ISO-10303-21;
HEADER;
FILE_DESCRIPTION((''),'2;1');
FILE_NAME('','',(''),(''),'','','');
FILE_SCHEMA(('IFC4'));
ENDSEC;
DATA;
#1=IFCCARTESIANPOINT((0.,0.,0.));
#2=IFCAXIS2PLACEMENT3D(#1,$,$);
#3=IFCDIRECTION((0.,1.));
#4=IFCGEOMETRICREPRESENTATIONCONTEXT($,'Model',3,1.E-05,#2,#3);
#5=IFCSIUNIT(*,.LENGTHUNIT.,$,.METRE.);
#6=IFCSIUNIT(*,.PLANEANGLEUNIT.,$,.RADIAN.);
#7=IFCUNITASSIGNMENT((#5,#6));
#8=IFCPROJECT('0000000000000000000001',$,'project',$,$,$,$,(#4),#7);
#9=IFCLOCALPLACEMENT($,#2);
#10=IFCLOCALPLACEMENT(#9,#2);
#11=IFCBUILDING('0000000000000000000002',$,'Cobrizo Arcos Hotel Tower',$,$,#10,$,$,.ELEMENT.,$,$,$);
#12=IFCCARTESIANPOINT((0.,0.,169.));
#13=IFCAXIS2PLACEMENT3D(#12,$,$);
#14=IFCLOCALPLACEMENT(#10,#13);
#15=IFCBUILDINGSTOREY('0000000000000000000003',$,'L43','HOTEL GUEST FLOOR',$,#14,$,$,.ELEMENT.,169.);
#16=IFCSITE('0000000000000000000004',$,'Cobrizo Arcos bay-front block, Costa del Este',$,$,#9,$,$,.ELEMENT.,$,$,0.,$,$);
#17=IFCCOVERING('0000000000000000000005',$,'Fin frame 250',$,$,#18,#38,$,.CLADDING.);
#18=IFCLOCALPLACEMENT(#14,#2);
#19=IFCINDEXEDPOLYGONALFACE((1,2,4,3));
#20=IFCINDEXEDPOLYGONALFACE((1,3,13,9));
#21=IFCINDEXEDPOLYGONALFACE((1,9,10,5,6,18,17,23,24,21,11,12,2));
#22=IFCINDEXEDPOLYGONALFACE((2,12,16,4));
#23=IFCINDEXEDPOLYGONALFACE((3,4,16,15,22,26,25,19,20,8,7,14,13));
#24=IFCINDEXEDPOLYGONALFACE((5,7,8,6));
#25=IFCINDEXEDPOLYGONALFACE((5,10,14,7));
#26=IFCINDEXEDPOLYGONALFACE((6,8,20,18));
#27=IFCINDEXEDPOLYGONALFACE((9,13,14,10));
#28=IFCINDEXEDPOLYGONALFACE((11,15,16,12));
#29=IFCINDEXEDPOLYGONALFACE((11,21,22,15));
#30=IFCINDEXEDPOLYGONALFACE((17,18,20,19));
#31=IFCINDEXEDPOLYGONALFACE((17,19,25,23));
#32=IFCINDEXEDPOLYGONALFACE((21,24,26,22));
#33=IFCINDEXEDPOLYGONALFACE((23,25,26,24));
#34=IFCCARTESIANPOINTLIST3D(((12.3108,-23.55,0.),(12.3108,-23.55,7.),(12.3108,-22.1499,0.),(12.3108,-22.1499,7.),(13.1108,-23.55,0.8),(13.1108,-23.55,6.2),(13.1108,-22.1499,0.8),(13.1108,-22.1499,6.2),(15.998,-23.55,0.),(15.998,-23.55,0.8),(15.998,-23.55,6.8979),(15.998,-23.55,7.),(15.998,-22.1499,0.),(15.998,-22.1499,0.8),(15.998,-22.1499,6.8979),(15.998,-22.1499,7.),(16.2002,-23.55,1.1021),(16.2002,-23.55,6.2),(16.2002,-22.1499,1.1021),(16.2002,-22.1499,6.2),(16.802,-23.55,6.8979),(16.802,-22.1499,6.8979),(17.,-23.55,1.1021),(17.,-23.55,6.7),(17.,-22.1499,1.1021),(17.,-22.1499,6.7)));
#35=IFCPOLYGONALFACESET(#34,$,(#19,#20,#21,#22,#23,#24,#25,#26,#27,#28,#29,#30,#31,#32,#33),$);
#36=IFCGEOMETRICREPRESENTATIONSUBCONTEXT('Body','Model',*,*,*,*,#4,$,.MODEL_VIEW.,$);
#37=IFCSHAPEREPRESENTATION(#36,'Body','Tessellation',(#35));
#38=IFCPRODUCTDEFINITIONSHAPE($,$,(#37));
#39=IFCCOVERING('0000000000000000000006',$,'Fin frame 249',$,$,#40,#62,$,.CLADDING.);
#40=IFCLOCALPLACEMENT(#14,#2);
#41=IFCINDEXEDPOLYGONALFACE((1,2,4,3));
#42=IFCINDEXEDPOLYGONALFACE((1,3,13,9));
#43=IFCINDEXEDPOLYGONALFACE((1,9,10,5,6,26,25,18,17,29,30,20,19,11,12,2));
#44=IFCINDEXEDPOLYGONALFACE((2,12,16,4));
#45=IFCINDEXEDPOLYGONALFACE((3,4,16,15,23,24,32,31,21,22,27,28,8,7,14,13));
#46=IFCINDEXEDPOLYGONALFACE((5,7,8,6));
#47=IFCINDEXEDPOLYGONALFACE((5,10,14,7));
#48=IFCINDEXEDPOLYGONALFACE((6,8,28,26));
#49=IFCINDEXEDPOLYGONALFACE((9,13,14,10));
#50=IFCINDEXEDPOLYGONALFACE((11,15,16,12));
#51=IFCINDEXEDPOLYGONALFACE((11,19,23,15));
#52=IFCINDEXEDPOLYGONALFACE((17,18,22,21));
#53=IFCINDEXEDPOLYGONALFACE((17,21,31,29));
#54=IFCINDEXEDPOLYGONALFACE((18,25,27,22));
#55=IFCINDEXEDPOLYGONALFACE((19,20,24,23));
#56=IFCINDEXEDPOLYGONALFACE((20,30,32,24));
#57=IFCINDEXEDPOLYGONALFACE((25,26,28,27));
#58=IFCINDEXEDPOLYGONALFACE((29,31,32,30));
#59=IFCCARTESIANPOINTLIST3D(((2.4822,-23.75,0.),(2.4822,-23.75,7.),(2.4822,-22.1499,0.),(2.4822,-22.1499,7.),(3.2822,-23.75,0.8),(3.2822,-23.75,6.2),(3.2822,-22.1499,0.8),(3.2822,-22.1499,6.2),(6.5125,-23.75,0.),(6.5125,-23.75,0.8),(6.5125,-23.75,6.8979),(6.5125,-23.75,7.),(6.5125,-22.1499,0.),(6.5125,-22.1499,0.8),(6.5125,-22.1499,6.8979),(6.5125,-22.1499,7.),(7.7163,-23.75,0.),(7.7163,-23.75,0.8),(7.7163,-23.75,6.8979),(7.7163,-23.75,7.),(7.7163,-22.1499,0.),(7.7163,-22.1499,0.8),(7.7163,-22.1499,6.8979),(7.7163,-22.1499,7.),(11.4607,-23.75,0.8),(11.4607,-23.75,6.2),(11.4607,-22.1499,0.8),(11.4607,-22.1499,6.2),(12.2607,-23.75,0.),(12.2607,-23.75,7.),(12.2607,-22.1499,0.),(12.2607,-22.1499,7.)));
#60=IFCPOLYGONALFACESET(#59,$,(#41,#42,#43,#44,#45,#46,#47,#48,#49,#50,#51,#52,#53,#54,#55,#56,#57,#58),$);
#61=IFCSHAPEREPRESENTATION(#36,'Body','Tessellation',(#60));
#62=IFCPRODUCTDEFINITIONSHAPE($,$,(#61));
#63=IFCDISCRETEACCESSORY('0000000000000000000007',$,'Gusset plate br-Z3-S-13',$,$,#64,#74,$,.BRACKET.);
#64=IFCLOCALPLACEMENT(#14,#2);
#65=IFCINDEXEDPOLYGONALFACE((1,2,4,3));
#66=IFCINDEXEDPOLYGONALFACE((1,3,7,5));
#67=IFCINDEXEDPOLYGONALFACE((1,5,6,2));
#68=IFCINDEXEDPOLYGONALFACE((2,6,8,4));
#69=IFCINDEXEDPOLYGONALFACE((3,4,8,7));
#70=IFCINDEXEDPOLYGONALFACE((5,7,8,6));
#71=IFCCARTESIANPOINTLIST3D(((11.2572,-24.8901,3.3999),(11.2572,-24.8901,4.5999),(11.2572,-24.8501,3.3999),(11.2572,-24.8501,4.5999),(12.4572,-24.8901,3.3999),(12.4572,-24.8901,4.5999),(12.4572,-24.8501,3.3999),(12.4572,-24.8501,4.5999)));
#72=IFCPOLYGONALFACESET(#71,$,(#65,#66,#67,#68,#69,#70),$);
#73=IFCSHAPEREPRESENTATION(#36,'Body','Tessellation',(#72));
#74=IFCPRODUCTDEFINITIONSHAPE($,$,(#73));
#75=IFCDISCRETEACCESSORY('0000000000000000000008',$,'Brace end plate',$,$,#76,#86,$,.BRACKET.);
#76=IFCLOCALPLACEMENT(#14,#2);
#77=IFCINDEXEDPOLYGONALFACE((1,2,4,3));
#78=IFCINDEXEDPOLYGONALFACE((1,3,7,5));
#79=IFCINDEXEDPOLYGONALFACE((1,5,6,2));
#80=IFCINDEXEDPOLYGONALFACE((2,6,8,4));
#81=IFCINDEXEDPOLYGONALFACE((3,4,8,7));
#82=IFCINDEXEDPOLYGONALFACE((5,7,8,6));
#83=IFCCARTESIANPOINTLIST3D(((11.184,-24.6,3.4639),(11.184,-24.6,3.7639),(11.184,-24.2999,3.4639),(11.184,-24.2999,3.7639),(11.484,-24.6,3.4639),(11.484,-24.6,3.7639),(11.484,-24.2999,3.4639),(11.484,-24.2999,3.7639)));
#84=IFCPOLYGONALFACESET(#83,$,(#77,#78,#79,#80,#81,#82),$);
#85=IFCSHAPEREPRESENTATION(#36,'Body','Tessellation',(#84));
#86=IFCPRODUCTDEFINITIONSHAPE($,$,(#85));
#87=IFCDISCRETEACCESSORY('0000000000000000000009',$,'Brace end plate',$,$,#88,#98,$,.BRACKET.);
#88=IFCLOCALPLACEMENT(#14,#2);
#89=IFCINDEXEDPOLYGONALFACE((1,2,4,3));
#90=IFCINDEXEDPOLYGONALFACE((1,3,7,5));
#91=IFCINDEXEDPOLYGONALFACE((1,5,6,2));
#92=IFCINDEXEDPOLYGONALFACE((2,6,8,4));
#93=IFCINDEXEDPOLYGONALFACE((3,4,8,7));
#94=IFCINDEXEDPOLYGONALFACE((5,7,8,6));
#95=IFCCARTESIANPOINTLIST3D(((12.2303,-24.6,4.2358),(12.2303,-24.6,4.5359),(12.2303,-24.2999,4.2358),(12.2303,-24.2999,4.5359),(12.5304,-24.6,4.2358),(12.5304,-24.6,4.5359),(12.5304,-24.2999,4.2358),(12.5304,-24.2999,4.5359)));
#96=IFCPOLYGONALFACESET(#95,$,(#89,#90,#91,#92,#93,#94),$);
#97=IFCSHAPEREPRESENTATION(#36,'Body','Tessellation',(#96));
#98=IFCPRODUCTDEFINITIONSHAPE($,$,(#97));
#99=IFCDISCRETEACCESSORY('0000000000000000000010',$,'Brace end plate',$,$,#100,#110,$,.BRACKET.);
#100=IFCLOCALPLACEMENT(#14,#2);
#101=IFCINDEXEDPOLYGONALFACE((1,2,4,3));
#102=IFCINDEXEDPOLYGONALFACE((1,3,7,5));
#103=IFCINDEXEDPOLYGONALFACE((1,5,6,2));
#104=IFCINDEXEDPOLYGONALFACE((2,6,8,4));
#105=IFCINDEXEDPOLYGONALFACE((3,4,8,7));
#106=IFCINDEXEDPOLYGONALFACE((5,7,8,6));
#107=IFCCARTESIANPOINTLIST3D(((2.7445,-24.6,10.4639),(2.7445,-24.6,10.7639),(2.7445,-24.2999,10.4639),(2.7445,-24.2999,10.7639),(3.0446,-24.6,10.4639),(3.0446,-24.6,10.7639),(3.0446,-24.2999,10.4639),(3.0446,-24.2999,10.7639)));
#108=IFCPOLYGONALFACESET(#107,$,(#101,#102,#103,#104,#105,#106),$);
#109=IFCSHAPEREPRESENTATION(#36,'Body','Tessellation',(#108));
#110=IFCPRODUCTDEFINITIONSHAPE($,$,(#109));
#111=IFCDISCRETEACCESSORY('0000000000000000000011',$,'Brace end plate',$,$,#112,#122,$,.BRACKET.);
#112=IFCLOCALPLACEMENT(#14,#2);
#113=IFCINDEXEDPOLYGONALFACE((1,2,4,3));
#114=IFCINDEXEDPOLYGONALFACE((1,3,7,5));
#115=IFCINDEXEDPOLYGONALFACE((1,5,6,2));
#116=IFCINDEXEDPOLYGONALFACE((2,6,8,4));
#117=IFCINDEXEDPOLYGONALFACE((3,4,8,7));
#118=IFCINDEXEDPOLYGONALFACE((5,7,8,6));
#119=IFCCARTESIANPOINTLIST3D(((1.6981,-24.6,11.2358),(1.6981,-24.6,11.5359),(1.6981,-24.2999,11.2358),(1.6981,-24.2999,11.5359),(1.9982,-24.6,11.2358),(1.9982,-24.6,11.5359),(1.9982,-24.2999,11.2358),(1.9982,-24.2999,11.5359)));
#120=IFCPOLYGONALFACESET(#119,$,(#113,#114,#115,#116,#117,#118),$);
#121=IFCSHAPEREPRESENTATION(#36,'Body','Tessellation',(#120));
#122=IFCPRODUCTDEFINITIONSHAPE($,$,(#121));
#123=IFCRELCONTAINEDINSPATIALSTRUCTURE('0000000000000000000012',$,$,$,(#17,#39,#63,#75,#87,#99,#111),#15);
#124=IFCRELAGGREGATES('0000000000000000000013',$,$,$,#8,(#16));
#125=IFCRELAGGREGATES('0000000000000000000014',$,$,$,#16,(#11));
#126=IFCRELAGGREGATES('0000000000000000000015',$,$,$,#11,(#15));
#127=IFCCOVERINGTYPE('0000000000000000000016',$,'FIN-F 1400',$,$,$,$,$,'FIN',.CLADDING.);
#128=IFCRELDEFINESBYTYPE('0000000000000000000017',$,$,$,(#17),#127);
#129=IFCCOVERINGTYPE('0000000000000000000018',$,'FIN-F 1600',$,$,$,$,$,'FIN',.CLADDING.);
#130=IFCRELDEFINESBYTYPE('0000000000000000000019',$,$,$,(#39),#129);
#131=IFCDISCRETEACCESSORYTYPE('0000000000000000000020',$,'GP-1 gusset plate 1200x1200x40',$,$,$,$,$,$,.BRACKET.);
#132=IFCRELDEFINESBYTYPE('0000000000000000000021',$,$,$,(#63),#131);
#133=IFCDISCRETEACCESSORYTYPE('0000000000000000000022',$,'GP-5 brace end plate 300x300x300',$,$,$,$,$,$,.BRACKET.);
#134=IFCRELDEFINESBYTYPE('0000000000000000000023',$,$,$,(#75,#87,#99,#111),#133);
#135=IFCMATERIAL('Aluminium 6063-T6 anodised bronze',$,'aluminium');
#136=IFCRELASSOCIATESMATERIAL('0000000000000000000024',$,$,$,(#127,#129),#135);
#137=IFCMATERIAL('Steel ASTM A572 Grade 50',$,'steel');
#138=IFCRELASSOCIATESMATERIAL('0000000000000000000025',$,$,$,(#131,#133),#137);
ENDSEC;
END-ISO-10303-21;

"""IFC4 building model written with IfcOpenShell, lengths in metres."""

from ifc_helpers import new_model, si_unit, direction, frame, origin, origin_2d, place, context, subcontext, project, spatial, polyline, rectangle, outline, extrude, material, type_object, element, save


model = new_model("IFC4")

# Units and contexts
model_context = context("Model", 3, precision=1e-05, world=origin(), true_north=direction((0.0, 1.0)))
body_context = subcontext(model_context, "Body", "Model", "MODEL_VIEW")
ifc_project = project(units=[si_unit("LENGTHUNIT", "METRE"), si_unit("PLANEANGLEUNIT", "RADIAN")], contexts=[model_context])

# Site, building, storey
site_placement = place(None, origin())
site = spatial("IfcSite", under=ifc_project, at=site_placement, Name="Cobrizo Arcos bay-front block, Costa del Este", CompositionType="ELEMENT", RefElevation=0.0)
building_placement = place(site_placement, origin())
building = spatial("IfcBuilding", under=site, at=building_placement, Name="Cobrizo Arcos Hotel Tower", CompositionType="ELEMENT")
storey_placement = place(building_placement, frame((0.0, 0.0, 169.0)))
storey = spatial("IfcBuildingStorey", under=building, at=storey_placement, Name="L43", Description="HOTEL GUEST FLOOR", CompositionType="ELEMENT", Elevation=169.0)

# Shared definitions
ifc_material_1 = material(Name="Steel ASTM A572 Grade 50", Category="steel")

# Shared definitions
ifc_material_2 = material(Name="Aluminium 6063-T6 anodised bronze", Category="aluminium")

# Coverings
covering_type_1 = type_object("IfcCoveringType", Name="FIN-F 1400", ElementType="FIN", PredefinedType="CLADDING", material=ifc_material_2)
covering_1_placement = place(storey_placement, frame((12.3108, -22.1499, 0.0), z_axis=(0.0, -1.0, 0.0), x_axis=(1.0, 0.0, 0.0)))
element("IfcCovering", 1, at=covering_1_placement, inside=storey, type_object=covering_type_1, Name="Fin frame 250", PredefinedType="CLADDING", context=body_context, shape_type="SweptSolid", body=[
    extrude(outline(polyline([(0.0, 0.0), (3.6873, 0.0), (3.6873, 0.8), (0.8, 0.8), (0.8, 6.2), (3.8894, 6.2), (3.8894, 1.1021), (4.6892, 1.1021), (4.6892, 6.7), (4.4912, 6.8979), (3.6873, 6.8979), (3.6873, 7.0), (0.0, 7.0), (0.0, 0.0)])), origin(), (0.0, 0.0, 1.0), 1.4001),
])
covering_type_2 = type_object("IfcCoveringType", Name="FIN-F 1600", ElementType="FIN", PredefinedType="CLADDING", material=ifc_material_2)
covering_2_placement = place(storey_placement, frame((2.4822, -22.1499, 0.0), z_axis=(0.0, -1.0, 0.0), x_axis=(1.0, 0.0, 0.0)))
element("IfcCovering", 2, at=covering_2_placement, inside=storey, type_object=covering_type_2, Name="Fin frame 249", PredefinedType="CLADDING", context=body_context, shape_type="SweptSolid", body=[
    extrude(outline(polyline([(0.0, 0.0), (4.0303, 0.0), (4.0303, 0.8), (0.8, 0.8), (0.8, 6.2), (8.9785, 6.2), (8.9785, 0.8), (5.2341, 0.8), (5.2341, 0.0), (9.7786, 0.0), (9.7786, 7.0), (5.2341, 7.0), (5.2341, 6.8979), (4.0303, 6.8979), (4.0303, 7.0), (0.0, 7.0), (0.0, 0.0)])), origin(), (0.0, 0.0, 1.0), 1.6001),
])

# Discrete accessories
discrete_accessory_type_1 = type_object("IfcDiscreteAccessoryType", Name="GP-1 gusset plate 1200x1200x40", PredefinedType="BRACKET", material=ifc_material_1)
discrete_accessory_placement = place(storey_placement, frame((11.8572, -24.8701, 3.3999), z_axis=(0.0, 0.0, 1.0), x_axis=(1.0, 0.0, 0.0)))
element("IfcDiscreteAccessory", 3, at=discrete_accessory_placement, inside=storey, type_object=discrete_accessory_type_1, Name="Gusset plate br-Z3-S-13", PredefinedType="BRACKET", context=body_context, shape_type="SweptSolid", body=[
    extrude(rectangle(XDim=1.2, YDim=0.04, at=origin_2d()), origin(), (0.0, 0.0, 1.0), 1.2),
])
discrete_accessory_type_2 = type_object("IfcDiscreteAccessoryType", Name="GP-5 brace end plate 300x300x300", PredefinedType="BRACKET", material=ifc_material_1)
for number, where, z_axis, x_axis, name in (
    (4, (11.334, -24.45, 3.4639), (0.0, 0.0, 1.0), (1.0, 0.0, 0.0), "Brace end plate"),
    (5, (12.3804, -24.45, 4.2358), (0.0, 0.0, 1.0), (1.0, 0.0, 0.0), "Brace end plate"),
    (6, (2.8945, -24.45, 10.4639), (0.0, 0.0, 1.0), (1.0, 0.0, 0.0), "Brace end plate"),
    (7, (1.8481, -24.45, 11.2358), (0.0, 0.0, 1.0), (1.0, 0.0, 0.0), "Brace end plate"),
):
    element("IfcDiscreteAccessory", number, at=place(storey_placement, frame(where, z_axis=z_axis, x_axis=x_axis)), inside=storey, type_object=discrete_accessory_type_2, Name=name, PredefinedType="BRACKET", context=body_context, shape_type="SweptSolid", body=[
        extrude(rectangle(XDim=0.3, YDim=0.3, at=origin_2d()), origin(), (0.0, 0.0, 1.0), 0.3),
    ])

save(model, "model.ifc")
